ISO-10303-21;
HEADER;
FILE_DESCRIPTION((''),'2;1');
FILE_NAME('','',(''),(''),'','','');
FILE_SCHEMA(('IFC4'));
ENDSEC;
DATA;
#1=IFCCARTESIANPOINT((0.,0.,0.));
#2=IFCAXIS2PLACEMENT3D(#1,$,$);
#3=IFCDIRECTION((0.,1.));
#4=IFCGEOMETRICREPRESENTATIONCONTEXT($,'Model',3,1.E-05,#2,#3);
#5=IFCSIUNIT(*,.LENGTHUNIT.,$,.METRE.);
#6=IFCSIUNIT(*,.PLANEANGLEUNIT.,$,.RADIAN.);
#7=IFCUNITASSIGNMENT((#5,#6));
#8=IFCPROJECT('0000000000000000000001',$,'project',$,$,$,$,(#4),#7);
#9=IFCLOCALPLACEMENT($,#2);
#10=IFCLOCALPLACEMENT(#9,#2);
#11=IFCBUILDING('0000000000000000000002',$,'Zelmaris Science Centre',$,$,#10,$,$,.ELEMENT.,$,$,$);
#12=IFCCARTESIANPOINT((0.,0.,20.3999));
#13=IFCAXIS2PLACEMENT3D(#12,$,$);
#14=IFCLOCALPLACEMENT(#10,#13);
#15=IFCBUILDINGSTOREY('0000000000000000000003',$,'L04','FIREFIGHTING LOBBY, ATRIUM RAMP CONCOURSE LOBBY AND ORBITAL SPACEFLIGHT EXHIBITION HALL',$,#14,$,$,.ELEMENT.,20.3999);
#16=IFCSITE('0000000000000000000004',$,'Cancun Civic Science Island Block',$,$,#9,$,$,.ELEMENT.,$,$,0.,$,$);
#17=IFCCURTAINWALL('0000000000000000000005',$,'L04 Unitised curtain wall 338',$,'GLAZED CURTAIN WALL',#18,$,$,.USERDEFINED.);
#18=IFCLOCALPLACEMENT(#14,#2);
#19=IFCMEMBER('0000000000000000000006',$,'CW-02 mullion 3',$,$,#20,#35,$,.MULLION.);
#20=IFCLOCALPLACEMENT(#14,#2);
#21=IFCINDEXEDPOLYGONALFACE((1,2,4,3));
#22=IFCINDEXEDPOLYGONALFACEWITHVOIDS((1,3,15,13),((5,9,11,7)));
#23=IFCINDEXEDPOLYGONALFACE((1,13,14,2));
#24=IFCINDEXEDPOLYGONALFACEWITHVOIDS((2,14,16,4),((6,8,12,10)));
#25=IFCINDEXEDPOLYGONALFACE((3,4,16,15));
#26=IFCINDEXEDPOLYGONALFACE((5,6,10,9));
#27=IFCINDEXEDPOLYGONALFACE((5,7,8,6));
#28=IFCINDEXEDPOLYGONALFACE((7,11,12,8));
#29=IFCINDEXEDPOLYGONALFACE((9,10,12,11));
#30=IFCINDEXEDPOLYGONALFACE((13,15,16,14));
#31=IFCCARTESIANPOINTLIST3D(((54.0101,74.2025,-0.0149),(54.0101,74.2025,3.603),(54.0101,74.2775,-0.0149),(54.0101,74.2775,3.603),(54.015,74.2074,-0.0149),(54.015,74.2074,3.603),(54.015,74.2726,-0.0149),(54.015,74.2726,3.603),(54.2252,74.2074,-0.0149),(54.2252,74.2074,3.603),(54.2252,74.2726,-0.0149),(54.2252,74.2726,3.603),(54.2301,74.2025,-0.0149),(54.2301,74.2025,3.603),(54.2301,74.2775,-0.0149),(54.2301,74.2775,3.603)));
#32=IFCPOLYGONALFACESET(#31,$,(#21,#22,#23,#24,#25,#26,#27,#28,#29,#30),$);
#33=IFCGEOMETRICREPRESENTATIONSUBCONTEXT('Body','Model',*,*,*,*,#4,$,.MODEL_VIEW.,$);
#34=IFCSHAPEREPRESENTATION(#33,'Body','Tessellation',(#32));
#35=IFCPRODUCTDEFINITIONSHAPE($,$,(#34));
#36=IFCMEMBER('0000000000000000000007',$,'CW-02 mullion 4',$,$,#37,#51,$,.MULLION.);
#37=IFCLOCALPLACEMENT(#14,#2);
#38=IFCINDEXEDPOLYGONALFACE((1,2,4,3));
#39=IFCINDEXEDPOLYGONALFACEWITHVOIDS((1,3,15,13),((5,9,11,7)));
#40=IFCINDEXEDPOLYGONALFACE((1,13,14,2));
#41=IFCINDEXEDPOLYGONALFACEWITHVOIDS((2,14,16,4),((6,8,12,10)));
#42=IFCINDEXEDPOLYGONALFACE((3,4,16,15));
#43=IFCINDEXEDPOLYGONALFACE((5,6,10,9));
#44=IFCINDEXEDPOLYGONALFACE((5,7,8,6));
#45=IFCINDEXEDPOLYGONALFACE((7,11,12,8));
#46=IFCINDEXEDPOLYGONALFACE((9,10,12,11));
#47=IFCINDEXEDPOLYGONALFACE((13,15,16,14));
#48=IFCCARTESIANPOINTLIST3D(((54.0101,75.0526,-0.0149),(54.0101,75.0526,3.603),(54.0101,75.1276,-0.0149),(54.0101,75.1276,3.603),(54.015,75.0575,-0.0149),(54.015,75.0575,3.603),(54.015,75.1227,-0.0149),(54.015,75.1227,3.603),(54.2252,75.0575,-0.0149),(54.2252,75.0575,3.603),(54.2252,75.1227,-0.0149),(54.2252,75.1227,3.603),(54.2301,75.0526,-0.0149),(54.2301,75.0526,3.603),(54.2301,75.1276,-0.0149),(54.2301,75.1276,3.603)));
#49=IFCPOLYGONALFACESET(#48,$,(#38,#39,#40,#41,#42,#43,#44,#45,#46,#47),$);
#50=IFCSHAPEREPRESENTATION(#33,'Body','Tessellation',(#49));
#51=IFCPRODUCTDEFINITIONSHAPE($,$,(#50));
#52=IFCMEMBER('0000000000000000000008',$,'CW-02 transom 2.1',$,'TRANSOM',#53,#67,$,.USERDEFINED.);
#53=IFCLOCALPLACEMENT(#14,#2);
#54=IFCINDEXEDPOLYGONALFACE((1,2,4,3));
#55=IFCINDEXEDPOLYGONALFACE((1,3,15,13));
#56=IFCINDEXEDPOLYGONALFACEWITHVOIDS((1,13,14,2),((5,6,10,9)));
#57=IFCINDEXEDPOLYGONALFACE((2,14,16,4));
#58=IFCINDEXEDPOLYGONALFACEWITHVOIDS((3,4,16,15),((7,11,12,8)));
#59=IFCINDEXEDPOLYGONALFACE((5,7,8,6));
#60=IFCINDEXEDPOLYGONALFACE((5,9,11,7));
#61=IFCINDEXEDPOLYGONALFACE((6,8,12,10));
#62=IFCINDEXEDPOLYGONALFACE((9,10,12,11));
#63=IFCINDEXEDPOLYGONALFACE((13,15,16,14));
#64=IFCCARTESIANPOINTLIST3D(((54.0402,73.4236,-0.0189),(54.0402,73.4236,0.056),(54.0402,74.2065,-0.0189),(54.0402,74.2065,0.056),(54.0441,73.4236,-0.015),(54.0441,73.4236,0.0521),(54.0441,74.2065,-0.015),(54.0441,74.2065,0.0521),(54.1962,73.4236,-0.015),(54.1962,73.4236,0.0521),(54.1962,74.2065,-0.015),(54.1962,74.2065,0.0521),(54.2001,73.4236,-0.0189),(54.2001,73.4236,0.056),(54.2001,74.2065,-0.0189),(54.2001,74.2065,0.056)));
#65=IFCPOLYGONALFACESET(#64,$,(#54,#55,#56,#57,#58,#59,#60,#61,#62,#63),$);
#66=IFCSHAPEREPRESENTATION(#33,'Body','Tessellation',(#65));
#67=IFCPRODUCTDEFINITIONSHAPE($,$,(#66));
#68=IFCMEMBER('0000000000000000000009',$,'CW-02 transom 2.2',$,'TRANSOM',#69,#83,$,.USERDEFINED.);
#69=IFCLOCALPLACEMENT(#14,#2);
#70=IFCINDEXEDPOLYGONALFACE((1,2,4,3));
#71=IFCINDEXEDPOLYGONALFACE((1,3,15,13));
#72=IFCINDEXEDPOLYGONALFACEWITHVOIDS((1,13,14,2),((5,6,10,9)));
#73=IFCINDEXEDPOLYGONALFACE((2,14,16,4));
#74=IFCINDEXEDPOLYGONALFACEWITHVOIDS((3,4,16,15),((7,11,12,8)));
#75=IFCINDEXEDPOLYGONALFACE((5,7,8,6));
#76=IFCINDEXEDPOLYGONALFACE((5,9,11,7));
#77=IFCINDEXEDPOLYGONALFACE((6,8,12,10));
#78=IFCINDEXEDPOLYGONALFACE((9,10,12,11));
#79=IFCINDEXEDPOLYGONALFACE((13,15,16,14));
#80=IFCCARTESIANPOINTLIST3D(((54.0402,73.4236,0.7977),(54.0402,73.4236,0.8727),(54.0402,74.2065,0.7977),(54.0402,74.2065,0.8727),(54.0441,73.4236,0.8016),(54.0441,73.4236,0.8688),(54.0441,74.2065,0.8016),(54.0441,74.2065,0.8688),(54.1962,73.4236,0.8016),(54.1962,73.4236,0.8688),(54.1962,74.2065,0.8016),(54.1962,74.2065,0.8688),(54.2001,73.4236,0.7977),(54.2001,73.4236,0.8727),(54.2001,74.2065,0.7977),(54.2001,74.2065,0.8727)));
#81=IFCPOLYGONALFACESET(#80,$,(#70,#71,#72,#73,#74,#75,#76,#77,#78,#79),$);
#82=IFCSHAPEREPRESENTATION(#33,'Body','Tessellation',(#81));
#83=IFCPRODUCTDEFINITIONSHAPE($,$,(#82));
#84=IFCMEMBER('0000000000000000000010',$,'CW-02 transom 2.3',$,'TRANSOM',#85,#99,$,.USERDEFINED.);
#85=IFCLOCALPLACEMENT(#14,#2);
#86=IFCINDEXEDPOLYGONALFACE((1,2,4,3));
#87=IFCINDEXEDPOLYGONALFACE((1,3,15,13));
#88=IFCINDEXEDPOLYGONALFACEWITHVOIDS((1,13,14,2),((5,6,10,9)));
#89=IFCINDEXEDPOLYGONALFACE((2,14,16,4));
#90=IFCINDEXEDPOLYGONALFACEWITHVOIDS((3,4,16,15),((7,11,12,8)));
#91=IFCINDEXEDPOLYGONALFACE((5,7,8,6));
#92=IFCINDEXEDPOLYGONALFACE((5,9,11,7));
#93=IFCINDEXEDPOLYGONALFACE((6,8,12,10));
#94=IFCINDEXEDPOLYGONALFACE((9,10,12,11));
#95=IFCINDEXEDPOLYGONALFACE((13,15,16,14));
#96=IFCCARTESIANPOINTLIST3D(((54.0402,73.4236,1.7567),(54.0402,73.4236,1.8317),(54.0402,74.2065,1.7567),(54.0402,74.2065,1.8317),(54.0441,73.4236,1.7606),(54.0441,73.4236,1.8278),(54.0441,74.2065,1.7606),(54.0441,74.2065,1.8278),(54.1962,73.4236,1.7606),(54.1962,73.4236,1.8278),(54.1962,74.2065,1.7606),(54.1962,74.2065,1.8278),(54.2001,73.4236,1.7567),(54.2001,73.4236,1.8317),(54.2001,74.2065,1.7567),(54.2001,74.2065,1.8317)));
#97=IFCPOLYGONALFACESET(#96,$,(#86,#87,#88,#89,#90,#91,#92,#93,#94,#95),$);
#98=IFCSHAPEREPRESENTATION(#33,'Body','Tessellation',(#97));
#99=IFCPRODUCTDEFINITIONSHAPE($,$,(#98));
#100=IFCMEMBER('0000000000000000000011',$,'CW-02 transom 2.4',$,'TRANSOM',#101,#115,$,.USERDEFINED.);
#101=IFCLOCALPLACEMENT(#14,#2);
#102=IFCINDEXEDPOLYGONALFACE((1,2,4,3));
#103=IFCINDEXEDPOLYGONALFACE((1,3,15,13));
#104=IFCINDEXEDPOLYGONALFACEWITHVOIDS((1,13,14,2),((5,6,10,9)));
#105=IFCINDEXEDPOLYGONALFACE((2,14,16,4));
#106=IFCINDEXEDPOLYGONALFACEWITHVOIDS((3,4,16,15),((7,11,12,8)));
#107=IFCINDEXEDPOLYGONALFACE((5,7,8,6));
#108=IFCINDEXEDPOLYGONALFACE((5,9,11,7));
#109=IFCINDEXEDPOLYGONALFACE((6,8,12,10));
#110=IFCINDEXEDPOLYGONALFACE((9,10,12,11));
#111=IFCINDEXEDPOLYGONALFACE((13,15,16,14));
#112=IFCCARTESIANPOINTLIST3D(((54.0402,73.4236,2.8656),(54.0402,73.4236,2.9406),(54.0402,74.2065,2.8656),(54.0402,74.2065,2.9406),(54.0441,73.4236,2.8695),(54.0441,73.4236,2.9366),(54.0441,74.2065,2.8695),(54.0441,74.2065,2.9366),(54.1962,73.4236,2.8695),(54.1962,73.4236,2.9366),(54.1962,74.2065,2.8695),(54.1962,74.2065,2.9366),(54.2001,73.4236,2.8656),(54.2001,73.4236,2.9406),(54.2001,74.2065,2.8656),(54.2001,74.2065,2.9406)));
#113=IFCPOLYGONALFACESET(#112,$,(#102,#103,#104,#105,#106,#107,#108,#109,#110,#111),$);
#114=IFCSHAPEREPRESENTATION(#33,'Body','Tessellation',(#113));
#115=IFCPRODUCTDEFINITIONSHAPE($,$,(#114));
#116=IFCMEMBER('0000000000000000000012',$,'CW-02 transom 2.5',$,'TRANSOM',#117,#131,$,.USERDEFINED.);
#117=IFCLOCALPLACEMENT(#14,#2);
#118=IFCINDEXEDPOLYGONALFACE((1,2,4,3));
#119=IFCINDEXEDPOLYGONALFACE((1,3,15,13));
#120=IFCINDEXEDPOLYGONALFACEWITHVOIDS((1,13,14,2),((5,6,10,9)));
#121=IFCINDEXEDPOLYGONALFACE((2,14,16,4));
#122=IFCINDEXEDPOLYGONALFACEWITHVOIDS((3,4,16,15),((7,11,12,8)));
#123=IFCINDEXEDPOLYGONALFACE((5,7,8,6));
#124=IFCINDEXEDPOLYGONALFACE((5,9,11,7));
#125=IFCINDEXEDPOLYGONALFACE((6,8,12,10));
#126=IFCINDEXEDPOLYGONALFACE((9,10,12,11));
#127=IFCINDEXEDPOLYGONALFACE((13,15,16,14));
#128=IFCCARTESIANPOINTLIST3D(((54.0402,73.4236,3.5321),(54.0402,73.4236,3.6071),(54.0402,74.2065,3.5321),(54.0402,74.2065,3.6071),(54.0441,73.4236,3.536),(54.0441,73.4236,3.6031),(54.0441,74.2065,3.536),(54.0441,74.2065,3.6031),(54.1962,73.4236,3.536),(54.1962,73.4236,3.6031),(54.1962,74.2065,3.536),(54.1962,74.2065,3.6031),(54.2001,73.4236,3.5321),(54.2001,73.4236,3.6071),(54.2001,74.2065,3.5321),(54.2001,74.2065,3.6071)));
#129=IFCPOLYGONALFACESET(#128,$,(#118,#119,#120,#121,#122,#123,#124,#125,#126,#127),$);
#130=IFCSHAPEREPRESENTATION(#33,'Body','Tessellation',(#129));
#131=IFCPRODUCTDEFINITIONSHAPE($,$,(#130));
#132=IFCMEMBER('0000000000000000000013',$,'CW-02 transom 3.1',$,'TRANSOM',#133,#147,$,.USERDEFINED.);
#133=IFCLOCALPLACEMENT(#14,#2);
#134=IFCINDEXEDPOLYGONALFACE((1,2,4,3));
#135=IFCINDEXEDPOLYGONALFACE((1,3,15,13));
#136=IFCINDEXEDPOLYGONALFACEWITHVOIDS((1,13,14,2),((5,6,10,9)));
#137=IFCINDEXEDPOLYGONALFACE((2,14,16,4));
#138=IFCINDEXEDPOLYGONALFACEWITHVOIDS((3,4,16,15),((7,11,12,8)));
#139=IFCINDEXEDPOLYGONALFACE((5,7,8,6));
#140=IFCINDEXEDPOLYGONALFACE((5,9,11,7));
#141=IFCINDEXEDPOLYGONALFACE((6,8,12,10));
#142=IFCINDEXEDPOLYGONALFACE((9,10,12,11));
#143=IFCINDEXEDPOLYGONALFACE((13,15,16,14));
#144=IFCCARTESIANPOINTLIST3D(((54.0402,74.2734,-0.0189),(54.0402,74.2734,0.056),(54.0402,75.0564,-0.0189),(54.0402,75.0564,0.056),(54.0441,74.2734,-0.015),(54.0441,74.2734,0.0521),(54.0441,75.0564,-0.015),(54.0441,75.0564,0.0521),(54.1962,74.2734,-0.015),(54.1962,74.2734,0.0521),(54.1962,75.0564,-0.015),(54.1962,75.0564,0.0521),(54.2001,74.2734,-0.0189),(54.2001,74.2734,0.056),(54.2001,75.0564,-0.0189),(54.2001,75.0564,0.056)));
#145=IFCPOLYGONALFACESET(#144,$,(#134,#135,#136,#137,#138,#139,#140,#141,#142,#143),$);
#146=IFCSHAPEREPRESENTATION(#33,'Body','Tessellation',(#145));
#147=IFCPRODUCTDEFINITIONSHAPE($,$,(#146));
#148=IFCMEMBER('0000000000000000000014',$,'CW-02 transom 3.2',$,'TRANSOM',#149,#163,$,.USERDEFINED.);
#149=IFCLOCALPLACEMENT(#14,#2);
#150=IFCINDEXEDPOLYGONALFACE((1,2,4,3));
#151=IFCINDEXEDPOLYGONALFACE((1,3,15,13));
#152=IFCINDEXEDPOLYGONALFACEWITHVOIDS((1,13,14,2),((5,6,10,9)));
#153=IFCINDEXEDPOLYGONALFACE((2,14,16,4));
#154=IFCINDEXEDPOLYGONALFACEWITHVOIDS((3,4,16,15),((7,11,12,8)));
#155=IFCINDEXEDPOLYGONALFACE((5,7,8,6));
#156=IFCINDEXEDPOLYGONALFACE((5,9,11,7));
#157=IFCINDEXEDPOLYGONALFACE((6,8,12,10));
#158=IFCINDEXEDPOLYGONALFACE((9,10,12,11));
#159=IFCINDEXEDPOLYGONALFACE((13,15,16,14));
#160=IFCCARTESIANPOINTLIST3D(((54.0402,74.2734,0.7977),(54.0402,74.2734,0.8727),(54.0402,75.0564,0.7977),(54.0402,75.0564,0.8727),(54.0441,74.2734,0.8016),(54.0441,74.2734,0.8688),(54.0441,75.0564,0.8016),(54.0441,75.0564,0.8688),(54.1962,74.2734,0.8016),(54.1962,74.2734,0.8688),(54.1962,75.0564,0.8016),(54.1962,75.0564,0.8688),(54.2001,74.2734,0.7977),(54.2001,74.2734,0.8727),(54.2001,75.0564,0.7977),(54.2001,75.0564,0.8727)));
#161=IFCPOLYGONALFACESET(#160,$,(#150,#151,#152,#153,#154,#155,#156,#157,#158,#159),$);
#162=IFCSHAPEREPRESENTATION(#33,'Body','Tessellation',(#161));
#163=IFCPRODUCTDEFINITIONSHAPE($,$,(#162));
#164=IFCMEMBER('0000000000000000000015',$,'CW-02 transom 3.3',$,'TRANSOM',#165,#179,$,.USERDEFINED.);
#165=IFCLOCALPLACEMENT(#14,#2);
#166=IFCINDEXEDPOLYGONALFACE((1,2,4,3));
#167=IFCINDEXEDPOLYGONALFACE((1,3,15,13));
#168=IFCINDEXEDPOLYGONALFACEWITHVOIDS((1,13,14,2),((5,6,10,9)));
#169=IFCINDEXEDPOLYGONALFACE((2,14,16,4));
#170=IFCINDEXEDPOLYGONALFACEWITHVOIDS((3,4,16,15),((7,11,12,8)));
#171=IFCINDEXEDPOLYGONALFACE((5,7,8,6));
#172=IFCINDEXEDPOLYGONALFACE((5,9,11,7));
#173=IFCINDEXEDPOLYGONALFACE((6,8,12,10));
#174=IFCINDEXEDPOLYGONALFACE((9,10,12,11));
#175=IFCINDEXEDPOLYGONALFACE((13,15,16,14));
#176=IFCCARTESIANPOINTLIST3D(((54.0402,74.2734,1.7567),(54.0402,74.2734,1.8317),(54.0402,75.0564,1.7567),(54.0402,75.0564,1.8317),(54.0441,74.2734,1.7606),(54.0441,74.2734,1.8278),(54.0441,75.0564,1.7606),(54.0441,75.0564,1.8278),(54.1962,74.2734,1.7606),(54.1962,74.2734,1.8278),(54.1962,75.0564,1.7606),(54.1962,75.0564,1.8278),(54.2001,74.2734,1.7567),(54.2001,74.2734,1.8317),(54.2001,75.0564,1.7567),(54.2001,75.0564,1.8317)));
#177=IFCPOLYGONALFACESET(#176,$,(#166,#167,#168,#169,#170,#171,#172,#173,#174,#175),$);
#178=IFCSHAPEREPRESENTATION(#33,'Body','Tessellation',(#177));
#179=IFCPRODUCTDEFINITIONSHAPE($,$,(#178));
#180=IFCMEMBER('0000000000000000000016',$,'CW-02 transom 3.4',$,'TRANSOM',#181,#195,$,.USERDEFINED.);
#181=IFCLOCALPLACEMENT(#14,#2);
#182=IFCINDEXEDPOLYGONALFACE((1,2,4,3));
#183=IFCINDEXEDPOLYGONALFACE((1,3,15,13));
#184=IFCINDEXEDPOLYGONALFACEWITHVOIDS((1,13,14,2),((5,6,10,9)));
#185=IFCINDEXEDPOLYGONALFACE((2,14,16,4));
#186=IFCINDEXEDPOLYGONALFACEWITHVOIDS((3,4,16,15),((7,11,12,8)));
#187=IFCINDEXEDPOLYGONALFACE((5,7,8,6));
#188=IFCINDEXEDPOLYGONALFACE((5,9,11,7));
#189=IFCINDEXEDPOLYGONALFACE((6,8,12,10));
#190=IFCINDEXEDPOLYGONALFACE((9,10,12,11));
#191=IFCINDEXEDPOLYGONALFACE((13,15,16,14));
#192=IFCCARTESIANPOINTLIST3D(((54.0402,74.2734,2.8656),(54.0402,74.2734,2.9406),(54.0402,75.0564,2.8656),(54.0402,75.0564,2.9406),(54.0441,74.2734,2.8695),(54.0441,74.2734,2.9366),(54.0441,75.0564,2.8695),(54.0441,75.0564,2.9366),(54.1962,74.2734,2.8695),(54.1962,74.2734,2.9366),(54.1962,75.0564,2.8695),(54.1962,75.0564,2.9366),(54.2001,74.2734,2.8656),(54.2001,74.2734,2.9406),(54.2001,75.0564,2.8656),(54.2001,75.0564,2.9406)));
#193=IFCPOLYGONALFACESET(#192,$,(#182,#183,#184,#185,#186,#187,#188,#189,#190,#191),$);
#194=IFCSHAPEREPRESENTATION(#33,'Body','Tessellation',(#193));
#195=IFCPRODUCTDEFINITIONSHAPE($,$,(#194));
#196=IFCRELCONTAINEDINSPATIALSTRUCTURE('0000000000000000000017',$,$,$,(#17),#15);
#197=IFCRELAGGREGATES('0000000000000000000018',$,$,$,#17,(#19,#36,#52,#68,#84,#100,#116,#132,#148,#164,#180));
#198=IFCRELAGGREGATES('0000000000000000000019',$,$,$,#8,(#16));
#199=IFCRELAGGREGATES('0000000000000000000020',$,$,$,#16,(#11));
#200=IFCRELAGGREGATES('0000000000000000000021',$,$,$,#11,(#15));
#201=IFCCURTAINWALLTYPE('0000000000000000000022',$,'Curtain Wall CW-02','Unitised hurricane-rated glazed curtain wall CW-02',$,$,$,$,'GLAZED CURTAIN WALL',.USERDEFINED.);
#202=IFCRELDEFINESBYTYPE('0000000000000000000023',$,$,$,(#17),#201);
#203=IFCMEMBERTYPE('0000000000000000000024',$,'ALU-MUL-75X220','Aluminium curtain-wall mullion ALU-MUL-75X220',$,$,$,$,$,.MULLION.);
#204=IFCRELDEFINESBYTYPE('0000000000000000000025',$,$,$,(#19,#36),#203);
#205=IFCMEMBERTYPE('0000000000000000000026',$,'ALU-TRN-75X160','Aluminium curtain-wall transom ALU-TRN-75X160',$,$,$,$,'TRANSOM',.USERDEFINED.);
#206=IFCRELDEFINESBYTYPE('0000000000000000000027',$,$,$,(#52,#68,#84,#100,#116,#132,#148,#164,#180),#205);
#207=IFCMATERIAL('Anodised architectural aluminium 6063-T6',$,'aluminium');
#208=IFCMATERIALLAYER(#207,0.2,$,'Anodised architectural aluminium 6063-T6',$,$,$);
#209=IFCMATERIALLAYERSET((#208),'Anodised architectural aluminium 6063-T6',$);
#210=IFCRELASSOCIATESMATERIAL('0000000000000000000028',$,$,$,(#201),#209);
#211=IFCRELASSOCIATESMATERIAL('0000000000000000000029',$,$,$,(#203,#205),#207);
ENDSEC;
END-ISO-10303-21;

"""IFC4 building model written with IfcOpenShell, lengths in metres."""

from ifc_helpers import new_model, si_unit, direction, frame, origin, origin_2d, place, context, subcontext, project, spatial, hollow_rectangle, extrude, material, layer, layer_set, material_profile, profile_set, type_object, element, aggregate, save


model = new_model("IFC4")

# Units and contexts
model_context = context("Model", 3, precision=1e-05, world=origin(), true_north=direction((0.0, 1.0)))
body_context = subcontext(model_context, "Body", "Model", "MODEL_VIEW")
ifc_project = project(units=[si_unit("LENGTHUNIT", "METRE"), si_unit("PLANEANGLEUNIT", "RADIAN")], contexts=[model_context])

# Site, building, storey
site_placement = place(None, origin())
site = spatial("IfcSite", under=ifc_project, at=site_placement, Name="Cancun Civic Science Island Block", CompositionType="ELEMENT", RefElevation=0.0)
building_placement = place(site_placement, origin())
building = spatial("IfcBuilding", under=site, at=building_placement, Name="Zelmaris Science Centre", CompositionType="ELEMENT")
storey_placement = place(building_placement, frame((0.0, 0.0, 20.3999)))
storey = spatial("IfcBuildingStorey", under=building, at=storey_placement, Name="L04", Description="FIREFIGHTING LOBBY, ATRIUM RAMP CONCOURSE LOBBY AND ORBITAL SPACEFLIGHT EXHIBITION HALL", CompositionType="ELEMENT", Elevation=20.3999)

# Curtain wall, members
ifc_material_1 = material(Name="Anodised architectural aluminium 6063-T6", Category="aluminium")
ifc_layer_1 = layer(ifc_material_1, 0.2, Name="Anodised architectural aluminium 6063-T6")
ifc_layer_set_1 = layer_set([ifc_layer_1], Name="Anodised architectural aluminium 6063-T6")
curtain_wall_type = type_object("IfcCurtainWallType", Name="Curtain Wall CW-02", Description="Unitised hurricane-rated glazed curtain wall CW-02", ElementType="GLAZED CURTAIN WALL", PredefinedType="USERDEFINED", material=ifc_layer_set_1)
curtain_wall_placement = place(storey_placement, origin())
curtain_wall = element("IfcCurtainWall", 1, at=curtain_wall_placement, inside=storey, type_object=curtain_wall_type, Name="L04 Unitised curtain wall 338", ObjectType="GLAZED CURTAIN WALL", PredefinedType="USERDEFINED")
ifc_material_profile_1 = material_profile(ifc_material_1, hollow_rectangle(XDim=0.075, YDim=0.22, WallThickness=0.0049, at=origin_2d()), Name="ALU-MUL-75X220")
ifc_profile_set_1 = profile_set([ifc_material_profile_1], Name="Anodised architectural aluminium 6063-T6")
member_type_1 = type_object("IfcMemberType", Name="ALU-MUL-75X220", Description="Aluminium curtain-wall mullion ALU-MUL-75X220", PredefinedType="MULLION", material=ifc_profile_set_1)
member_1_placement = place(storey_placement, frame((54.1201, 74.24, -0.0149), z_axis=(0.0, 0.0, 1.0), x_axis=(0.0, 1.0, 0.0)))
member_1 = element("IfcMember", 2, at=member_1_placement, type_object=member_type_1, Name="CW-02 mullion 3", PredefinedType="MULLION", context=body_context, shape_type="SweptSolid", body=[
    extrude(hollow_rectangle(XDim=0.075, YDim=0.22, WallThickness=0.0049, at=origin_2d()), origin(), (0.0, 0.0, 1.0), 3.6179),
])
member_2_placement = place(storey_placement, frame((54.1201, 75.0901, -0.0149), z_axis=(0.0, 0.0, 1.0), x_axis=(0.0, 1.0, 0.0)))
member_2 = element("IfcMember", 3, at=member_2_placement, type_object=member_type_1, Name="CW-02 mullion 4", PredefinedType="MULLION", context=body_context, shape_type="SweptSolid", body=[
    extrude(hollow_rectangle(XDim=0.075, YDim=0.22, WallThickness=0.0049, at=origin_2d()), origin(), (0.0, 0.0, 1.0), 3.6179),
])
ifc_material_profile_2 = material_profile(ifc_material_1, hollow_rectangle(XDim=0.075, YDim=0.1599, WallThickness=0.0039, at=origin_2d()), Name="ALU-TRN-75X160")
ifc_profile_set_2 = profile_set([ifc_material_profile_2], Name="Anodised architectural aluminium 6063-T6")
member_type_2 = type_object("IfcMemberType", Name="ALU-TRN-75X160", Description="Aluminium curtain-wall transom ALU-TRN-75X160", ElementType="TRANSOM", PredefinedType="USERDEFINED", material=ifc_profile_set_2)
member_3_placement = place(storey_placement, frame((54.1201, 73.4236, 0.0186), z_axis=(0.0, 1.0, 0.0), x_axis=(0.0, 0.0, 1.0)))
member_3 = element("IfcMember", 4, at=member_3_placement, type_object=member_type_2, Name="CW-02 transom 2.1", ObjectType="TRANSOM", PredefinedType="USERDEFINED", context=body_context, shape_type="SweptSolid", body=[
    extrude(hollow_rectangle(XDim=0.075, YDim=0.1599, WallThickness=0.0039, at=origin_2d()), origin(), (0.0, 0.0, 1.0), 0.783),
])
member_4_placement = place(storey_placement, frame((54.1201, 73.4236, 0.8352), z_axis=(0.0, 1.0, 0.0), x_axis=(0.0, 0.0, 1.0)))
member_4 = element("IfcMember", 5, at=member_4_placement, type_object=member_type_2, Name="CW-02 transom 2.2", ObjectType="TRANSOM", PredefinedType="USERDEFINED", context=body_context, shape_type="SweptSolid", body=[
    extrude(hollow_rectangle(XDim=0.075, YDim=0.1599, WallThickness=0.0039, at=origin_2d()), origin(), (0.0, 0.0, 1.0), 0.783),
])
member_5_placement = place(storey_placement, frame((54.1201, 73.4236, 1.7942), z_axis=(0.0, 1.0, 0.0), x_axis=(0.0, 0.0, 1.0)))
member_5 = element("IfcMember", 6, at=member_5_placement, type_object=member_type_2, Name="CW-02 transom 2.3", ObjectType="TRANSOM", PredefinedType="USERDEFINED", context=body_context, shape_type="SweptSolid", body=[
    extrude(hollow_rectangle(XDim=0.075, YDim=0.1599, WallThickness=0.0039, at=origin_2d()), origin(), (0.0, 0.0, 1.0), 0.783),
])
member_6_placement = place(storey_placement, frame((54.1201, 73.4236, 2.9031), z_axis=(0.0, 1.0, 0.0), x_axis=(0.0, 0.0, 1.0)))
member_6 = element("IfcMember", 7, at=member_6_placement, type_object=member_type_2, Name="CW-02 transom 2.4", ObjectType="TRANSOM", PredefinedType="USERDEFINED", context=body_context, shape_type="SweptSolid", body=[
    extrude(hollow_rectangle(XDim=0.075, YDim=0.1599, WallThickness=0.0039, at=origin_2d()), origin(), (0.0, 0.0, 1.0), 0.783),
])
member_7_placement = place(storey_placement, frame((54.1201, 73.4236, 3.5696), z_axis=(0.0, 1.0, 0.0), x_axis=(0.0, 0.0, 1.0)))
member_7 = element("IfcMember", 8, at=member_7_placement, type_object=member_type_2, Name="CW-02 transom 2.5", ObjectType="TRANSOM", PredefinedType="USERDEFINED", context=body_context, shape_type="SweptSolid", body=[
    extrude(hollow_rectangle(XDim=0.075, YDim=0.1599, WallThickness=0.0039, at=origin_2d()), origin(), (0.0, 0.0, 1.0), 0.783),
])
member_8_placement = place(storey_placement, frame((54.1201, 74.2734, 0.0186), z_axis=(0.0, 1.0, 0.0), x_axis=(0.0, 0.0, 1.0)))
member_8 = element("IfcMember", 9, at=member_8_placement, type_object=member_type_2, Name="CW-02 transom 3.1", ObjectType="TRANSOM", PredefinedType="USERDEFINED", context=body_context, shape_type="SweptSolid", body=[
    extrude(hollow_rectangle(XDim=0.075, YDim=0.1599, WallThickness=0.0039, at=origin_2d()), origin(), (0.0, 0.0, 1.0), 0.783),
])
member_9_placement = place(storey_placement, frame((54.1201, 74.2734, 0.8352), z_axis=(0.0, 1.0, 0.0), x_axis=(0.0, 0.0, 1.0)))
member_9 = element("IfcMember", 10, at=member_9_placement, type_object=member_type_2, Name="CW-02 transom 3.2", ObjectType="TRANSOM", PredefinedType="USERDEFINED", context=body_context, shape_type="SweptSolid", body=[
    extrude(hollow_rectangle(XDim=0.075, YDim=0.1599, WallThickness=0.0039, at=origin_2d()), origin(), (0.0, 0.0, 1.0), 0.783),
])
member_10_placement = place(storey_placement, frame((54.1201, 74.2734, 1.7942), z_axis=(0.0, 1.0, 0.0), x_axis=(0.0, 0.0, 1.0)))
member_10 = element("IfcMember", 11, at=member_10_placement, type_object=member_type_2, Name="CW-02 transom 3.3", ObjectType="TRANSOM", PredefinedType="USERDEFINED", context=body_context, shape_type="SweptSolid", body=[
    extrude(hollow_rectangle(XDim=0.075, YDim=0.1599, WallThickness=0.0039, at=origin_2d()), origin(), (0.0, 0.0, 1.0), 0.783),
])
member_11_placement = place(storey_placement, frame((54.1201, 74.2734, 2.9031), z_axis=(0.0, 1.0, 0.0), x_axis=(0.0, 0.0, 1.0)))
member_11 = element("IfcMember", 12, at=member_11_placement, type_object=member_type_2, Name="CW-02 transom 3.4", ObjectType="TRANSOM", PredefinedType="USERDEFINED", context=body_context, shape_type="SweptSolid", body=[
    extrude(hollow_rectangle(XDim=0.075, YDim=0.1599, WallThickness=0.0039, at=origin_2d()), origin(), (0.0, 0.0, 1.0), 0.783),
])
aggregate(curtain_wall, [member_1, member_2, member_3, member_4, member_5, member_6, member_7, member_8, member_9, member_10, member_11])

save(model, "model.ifc")
